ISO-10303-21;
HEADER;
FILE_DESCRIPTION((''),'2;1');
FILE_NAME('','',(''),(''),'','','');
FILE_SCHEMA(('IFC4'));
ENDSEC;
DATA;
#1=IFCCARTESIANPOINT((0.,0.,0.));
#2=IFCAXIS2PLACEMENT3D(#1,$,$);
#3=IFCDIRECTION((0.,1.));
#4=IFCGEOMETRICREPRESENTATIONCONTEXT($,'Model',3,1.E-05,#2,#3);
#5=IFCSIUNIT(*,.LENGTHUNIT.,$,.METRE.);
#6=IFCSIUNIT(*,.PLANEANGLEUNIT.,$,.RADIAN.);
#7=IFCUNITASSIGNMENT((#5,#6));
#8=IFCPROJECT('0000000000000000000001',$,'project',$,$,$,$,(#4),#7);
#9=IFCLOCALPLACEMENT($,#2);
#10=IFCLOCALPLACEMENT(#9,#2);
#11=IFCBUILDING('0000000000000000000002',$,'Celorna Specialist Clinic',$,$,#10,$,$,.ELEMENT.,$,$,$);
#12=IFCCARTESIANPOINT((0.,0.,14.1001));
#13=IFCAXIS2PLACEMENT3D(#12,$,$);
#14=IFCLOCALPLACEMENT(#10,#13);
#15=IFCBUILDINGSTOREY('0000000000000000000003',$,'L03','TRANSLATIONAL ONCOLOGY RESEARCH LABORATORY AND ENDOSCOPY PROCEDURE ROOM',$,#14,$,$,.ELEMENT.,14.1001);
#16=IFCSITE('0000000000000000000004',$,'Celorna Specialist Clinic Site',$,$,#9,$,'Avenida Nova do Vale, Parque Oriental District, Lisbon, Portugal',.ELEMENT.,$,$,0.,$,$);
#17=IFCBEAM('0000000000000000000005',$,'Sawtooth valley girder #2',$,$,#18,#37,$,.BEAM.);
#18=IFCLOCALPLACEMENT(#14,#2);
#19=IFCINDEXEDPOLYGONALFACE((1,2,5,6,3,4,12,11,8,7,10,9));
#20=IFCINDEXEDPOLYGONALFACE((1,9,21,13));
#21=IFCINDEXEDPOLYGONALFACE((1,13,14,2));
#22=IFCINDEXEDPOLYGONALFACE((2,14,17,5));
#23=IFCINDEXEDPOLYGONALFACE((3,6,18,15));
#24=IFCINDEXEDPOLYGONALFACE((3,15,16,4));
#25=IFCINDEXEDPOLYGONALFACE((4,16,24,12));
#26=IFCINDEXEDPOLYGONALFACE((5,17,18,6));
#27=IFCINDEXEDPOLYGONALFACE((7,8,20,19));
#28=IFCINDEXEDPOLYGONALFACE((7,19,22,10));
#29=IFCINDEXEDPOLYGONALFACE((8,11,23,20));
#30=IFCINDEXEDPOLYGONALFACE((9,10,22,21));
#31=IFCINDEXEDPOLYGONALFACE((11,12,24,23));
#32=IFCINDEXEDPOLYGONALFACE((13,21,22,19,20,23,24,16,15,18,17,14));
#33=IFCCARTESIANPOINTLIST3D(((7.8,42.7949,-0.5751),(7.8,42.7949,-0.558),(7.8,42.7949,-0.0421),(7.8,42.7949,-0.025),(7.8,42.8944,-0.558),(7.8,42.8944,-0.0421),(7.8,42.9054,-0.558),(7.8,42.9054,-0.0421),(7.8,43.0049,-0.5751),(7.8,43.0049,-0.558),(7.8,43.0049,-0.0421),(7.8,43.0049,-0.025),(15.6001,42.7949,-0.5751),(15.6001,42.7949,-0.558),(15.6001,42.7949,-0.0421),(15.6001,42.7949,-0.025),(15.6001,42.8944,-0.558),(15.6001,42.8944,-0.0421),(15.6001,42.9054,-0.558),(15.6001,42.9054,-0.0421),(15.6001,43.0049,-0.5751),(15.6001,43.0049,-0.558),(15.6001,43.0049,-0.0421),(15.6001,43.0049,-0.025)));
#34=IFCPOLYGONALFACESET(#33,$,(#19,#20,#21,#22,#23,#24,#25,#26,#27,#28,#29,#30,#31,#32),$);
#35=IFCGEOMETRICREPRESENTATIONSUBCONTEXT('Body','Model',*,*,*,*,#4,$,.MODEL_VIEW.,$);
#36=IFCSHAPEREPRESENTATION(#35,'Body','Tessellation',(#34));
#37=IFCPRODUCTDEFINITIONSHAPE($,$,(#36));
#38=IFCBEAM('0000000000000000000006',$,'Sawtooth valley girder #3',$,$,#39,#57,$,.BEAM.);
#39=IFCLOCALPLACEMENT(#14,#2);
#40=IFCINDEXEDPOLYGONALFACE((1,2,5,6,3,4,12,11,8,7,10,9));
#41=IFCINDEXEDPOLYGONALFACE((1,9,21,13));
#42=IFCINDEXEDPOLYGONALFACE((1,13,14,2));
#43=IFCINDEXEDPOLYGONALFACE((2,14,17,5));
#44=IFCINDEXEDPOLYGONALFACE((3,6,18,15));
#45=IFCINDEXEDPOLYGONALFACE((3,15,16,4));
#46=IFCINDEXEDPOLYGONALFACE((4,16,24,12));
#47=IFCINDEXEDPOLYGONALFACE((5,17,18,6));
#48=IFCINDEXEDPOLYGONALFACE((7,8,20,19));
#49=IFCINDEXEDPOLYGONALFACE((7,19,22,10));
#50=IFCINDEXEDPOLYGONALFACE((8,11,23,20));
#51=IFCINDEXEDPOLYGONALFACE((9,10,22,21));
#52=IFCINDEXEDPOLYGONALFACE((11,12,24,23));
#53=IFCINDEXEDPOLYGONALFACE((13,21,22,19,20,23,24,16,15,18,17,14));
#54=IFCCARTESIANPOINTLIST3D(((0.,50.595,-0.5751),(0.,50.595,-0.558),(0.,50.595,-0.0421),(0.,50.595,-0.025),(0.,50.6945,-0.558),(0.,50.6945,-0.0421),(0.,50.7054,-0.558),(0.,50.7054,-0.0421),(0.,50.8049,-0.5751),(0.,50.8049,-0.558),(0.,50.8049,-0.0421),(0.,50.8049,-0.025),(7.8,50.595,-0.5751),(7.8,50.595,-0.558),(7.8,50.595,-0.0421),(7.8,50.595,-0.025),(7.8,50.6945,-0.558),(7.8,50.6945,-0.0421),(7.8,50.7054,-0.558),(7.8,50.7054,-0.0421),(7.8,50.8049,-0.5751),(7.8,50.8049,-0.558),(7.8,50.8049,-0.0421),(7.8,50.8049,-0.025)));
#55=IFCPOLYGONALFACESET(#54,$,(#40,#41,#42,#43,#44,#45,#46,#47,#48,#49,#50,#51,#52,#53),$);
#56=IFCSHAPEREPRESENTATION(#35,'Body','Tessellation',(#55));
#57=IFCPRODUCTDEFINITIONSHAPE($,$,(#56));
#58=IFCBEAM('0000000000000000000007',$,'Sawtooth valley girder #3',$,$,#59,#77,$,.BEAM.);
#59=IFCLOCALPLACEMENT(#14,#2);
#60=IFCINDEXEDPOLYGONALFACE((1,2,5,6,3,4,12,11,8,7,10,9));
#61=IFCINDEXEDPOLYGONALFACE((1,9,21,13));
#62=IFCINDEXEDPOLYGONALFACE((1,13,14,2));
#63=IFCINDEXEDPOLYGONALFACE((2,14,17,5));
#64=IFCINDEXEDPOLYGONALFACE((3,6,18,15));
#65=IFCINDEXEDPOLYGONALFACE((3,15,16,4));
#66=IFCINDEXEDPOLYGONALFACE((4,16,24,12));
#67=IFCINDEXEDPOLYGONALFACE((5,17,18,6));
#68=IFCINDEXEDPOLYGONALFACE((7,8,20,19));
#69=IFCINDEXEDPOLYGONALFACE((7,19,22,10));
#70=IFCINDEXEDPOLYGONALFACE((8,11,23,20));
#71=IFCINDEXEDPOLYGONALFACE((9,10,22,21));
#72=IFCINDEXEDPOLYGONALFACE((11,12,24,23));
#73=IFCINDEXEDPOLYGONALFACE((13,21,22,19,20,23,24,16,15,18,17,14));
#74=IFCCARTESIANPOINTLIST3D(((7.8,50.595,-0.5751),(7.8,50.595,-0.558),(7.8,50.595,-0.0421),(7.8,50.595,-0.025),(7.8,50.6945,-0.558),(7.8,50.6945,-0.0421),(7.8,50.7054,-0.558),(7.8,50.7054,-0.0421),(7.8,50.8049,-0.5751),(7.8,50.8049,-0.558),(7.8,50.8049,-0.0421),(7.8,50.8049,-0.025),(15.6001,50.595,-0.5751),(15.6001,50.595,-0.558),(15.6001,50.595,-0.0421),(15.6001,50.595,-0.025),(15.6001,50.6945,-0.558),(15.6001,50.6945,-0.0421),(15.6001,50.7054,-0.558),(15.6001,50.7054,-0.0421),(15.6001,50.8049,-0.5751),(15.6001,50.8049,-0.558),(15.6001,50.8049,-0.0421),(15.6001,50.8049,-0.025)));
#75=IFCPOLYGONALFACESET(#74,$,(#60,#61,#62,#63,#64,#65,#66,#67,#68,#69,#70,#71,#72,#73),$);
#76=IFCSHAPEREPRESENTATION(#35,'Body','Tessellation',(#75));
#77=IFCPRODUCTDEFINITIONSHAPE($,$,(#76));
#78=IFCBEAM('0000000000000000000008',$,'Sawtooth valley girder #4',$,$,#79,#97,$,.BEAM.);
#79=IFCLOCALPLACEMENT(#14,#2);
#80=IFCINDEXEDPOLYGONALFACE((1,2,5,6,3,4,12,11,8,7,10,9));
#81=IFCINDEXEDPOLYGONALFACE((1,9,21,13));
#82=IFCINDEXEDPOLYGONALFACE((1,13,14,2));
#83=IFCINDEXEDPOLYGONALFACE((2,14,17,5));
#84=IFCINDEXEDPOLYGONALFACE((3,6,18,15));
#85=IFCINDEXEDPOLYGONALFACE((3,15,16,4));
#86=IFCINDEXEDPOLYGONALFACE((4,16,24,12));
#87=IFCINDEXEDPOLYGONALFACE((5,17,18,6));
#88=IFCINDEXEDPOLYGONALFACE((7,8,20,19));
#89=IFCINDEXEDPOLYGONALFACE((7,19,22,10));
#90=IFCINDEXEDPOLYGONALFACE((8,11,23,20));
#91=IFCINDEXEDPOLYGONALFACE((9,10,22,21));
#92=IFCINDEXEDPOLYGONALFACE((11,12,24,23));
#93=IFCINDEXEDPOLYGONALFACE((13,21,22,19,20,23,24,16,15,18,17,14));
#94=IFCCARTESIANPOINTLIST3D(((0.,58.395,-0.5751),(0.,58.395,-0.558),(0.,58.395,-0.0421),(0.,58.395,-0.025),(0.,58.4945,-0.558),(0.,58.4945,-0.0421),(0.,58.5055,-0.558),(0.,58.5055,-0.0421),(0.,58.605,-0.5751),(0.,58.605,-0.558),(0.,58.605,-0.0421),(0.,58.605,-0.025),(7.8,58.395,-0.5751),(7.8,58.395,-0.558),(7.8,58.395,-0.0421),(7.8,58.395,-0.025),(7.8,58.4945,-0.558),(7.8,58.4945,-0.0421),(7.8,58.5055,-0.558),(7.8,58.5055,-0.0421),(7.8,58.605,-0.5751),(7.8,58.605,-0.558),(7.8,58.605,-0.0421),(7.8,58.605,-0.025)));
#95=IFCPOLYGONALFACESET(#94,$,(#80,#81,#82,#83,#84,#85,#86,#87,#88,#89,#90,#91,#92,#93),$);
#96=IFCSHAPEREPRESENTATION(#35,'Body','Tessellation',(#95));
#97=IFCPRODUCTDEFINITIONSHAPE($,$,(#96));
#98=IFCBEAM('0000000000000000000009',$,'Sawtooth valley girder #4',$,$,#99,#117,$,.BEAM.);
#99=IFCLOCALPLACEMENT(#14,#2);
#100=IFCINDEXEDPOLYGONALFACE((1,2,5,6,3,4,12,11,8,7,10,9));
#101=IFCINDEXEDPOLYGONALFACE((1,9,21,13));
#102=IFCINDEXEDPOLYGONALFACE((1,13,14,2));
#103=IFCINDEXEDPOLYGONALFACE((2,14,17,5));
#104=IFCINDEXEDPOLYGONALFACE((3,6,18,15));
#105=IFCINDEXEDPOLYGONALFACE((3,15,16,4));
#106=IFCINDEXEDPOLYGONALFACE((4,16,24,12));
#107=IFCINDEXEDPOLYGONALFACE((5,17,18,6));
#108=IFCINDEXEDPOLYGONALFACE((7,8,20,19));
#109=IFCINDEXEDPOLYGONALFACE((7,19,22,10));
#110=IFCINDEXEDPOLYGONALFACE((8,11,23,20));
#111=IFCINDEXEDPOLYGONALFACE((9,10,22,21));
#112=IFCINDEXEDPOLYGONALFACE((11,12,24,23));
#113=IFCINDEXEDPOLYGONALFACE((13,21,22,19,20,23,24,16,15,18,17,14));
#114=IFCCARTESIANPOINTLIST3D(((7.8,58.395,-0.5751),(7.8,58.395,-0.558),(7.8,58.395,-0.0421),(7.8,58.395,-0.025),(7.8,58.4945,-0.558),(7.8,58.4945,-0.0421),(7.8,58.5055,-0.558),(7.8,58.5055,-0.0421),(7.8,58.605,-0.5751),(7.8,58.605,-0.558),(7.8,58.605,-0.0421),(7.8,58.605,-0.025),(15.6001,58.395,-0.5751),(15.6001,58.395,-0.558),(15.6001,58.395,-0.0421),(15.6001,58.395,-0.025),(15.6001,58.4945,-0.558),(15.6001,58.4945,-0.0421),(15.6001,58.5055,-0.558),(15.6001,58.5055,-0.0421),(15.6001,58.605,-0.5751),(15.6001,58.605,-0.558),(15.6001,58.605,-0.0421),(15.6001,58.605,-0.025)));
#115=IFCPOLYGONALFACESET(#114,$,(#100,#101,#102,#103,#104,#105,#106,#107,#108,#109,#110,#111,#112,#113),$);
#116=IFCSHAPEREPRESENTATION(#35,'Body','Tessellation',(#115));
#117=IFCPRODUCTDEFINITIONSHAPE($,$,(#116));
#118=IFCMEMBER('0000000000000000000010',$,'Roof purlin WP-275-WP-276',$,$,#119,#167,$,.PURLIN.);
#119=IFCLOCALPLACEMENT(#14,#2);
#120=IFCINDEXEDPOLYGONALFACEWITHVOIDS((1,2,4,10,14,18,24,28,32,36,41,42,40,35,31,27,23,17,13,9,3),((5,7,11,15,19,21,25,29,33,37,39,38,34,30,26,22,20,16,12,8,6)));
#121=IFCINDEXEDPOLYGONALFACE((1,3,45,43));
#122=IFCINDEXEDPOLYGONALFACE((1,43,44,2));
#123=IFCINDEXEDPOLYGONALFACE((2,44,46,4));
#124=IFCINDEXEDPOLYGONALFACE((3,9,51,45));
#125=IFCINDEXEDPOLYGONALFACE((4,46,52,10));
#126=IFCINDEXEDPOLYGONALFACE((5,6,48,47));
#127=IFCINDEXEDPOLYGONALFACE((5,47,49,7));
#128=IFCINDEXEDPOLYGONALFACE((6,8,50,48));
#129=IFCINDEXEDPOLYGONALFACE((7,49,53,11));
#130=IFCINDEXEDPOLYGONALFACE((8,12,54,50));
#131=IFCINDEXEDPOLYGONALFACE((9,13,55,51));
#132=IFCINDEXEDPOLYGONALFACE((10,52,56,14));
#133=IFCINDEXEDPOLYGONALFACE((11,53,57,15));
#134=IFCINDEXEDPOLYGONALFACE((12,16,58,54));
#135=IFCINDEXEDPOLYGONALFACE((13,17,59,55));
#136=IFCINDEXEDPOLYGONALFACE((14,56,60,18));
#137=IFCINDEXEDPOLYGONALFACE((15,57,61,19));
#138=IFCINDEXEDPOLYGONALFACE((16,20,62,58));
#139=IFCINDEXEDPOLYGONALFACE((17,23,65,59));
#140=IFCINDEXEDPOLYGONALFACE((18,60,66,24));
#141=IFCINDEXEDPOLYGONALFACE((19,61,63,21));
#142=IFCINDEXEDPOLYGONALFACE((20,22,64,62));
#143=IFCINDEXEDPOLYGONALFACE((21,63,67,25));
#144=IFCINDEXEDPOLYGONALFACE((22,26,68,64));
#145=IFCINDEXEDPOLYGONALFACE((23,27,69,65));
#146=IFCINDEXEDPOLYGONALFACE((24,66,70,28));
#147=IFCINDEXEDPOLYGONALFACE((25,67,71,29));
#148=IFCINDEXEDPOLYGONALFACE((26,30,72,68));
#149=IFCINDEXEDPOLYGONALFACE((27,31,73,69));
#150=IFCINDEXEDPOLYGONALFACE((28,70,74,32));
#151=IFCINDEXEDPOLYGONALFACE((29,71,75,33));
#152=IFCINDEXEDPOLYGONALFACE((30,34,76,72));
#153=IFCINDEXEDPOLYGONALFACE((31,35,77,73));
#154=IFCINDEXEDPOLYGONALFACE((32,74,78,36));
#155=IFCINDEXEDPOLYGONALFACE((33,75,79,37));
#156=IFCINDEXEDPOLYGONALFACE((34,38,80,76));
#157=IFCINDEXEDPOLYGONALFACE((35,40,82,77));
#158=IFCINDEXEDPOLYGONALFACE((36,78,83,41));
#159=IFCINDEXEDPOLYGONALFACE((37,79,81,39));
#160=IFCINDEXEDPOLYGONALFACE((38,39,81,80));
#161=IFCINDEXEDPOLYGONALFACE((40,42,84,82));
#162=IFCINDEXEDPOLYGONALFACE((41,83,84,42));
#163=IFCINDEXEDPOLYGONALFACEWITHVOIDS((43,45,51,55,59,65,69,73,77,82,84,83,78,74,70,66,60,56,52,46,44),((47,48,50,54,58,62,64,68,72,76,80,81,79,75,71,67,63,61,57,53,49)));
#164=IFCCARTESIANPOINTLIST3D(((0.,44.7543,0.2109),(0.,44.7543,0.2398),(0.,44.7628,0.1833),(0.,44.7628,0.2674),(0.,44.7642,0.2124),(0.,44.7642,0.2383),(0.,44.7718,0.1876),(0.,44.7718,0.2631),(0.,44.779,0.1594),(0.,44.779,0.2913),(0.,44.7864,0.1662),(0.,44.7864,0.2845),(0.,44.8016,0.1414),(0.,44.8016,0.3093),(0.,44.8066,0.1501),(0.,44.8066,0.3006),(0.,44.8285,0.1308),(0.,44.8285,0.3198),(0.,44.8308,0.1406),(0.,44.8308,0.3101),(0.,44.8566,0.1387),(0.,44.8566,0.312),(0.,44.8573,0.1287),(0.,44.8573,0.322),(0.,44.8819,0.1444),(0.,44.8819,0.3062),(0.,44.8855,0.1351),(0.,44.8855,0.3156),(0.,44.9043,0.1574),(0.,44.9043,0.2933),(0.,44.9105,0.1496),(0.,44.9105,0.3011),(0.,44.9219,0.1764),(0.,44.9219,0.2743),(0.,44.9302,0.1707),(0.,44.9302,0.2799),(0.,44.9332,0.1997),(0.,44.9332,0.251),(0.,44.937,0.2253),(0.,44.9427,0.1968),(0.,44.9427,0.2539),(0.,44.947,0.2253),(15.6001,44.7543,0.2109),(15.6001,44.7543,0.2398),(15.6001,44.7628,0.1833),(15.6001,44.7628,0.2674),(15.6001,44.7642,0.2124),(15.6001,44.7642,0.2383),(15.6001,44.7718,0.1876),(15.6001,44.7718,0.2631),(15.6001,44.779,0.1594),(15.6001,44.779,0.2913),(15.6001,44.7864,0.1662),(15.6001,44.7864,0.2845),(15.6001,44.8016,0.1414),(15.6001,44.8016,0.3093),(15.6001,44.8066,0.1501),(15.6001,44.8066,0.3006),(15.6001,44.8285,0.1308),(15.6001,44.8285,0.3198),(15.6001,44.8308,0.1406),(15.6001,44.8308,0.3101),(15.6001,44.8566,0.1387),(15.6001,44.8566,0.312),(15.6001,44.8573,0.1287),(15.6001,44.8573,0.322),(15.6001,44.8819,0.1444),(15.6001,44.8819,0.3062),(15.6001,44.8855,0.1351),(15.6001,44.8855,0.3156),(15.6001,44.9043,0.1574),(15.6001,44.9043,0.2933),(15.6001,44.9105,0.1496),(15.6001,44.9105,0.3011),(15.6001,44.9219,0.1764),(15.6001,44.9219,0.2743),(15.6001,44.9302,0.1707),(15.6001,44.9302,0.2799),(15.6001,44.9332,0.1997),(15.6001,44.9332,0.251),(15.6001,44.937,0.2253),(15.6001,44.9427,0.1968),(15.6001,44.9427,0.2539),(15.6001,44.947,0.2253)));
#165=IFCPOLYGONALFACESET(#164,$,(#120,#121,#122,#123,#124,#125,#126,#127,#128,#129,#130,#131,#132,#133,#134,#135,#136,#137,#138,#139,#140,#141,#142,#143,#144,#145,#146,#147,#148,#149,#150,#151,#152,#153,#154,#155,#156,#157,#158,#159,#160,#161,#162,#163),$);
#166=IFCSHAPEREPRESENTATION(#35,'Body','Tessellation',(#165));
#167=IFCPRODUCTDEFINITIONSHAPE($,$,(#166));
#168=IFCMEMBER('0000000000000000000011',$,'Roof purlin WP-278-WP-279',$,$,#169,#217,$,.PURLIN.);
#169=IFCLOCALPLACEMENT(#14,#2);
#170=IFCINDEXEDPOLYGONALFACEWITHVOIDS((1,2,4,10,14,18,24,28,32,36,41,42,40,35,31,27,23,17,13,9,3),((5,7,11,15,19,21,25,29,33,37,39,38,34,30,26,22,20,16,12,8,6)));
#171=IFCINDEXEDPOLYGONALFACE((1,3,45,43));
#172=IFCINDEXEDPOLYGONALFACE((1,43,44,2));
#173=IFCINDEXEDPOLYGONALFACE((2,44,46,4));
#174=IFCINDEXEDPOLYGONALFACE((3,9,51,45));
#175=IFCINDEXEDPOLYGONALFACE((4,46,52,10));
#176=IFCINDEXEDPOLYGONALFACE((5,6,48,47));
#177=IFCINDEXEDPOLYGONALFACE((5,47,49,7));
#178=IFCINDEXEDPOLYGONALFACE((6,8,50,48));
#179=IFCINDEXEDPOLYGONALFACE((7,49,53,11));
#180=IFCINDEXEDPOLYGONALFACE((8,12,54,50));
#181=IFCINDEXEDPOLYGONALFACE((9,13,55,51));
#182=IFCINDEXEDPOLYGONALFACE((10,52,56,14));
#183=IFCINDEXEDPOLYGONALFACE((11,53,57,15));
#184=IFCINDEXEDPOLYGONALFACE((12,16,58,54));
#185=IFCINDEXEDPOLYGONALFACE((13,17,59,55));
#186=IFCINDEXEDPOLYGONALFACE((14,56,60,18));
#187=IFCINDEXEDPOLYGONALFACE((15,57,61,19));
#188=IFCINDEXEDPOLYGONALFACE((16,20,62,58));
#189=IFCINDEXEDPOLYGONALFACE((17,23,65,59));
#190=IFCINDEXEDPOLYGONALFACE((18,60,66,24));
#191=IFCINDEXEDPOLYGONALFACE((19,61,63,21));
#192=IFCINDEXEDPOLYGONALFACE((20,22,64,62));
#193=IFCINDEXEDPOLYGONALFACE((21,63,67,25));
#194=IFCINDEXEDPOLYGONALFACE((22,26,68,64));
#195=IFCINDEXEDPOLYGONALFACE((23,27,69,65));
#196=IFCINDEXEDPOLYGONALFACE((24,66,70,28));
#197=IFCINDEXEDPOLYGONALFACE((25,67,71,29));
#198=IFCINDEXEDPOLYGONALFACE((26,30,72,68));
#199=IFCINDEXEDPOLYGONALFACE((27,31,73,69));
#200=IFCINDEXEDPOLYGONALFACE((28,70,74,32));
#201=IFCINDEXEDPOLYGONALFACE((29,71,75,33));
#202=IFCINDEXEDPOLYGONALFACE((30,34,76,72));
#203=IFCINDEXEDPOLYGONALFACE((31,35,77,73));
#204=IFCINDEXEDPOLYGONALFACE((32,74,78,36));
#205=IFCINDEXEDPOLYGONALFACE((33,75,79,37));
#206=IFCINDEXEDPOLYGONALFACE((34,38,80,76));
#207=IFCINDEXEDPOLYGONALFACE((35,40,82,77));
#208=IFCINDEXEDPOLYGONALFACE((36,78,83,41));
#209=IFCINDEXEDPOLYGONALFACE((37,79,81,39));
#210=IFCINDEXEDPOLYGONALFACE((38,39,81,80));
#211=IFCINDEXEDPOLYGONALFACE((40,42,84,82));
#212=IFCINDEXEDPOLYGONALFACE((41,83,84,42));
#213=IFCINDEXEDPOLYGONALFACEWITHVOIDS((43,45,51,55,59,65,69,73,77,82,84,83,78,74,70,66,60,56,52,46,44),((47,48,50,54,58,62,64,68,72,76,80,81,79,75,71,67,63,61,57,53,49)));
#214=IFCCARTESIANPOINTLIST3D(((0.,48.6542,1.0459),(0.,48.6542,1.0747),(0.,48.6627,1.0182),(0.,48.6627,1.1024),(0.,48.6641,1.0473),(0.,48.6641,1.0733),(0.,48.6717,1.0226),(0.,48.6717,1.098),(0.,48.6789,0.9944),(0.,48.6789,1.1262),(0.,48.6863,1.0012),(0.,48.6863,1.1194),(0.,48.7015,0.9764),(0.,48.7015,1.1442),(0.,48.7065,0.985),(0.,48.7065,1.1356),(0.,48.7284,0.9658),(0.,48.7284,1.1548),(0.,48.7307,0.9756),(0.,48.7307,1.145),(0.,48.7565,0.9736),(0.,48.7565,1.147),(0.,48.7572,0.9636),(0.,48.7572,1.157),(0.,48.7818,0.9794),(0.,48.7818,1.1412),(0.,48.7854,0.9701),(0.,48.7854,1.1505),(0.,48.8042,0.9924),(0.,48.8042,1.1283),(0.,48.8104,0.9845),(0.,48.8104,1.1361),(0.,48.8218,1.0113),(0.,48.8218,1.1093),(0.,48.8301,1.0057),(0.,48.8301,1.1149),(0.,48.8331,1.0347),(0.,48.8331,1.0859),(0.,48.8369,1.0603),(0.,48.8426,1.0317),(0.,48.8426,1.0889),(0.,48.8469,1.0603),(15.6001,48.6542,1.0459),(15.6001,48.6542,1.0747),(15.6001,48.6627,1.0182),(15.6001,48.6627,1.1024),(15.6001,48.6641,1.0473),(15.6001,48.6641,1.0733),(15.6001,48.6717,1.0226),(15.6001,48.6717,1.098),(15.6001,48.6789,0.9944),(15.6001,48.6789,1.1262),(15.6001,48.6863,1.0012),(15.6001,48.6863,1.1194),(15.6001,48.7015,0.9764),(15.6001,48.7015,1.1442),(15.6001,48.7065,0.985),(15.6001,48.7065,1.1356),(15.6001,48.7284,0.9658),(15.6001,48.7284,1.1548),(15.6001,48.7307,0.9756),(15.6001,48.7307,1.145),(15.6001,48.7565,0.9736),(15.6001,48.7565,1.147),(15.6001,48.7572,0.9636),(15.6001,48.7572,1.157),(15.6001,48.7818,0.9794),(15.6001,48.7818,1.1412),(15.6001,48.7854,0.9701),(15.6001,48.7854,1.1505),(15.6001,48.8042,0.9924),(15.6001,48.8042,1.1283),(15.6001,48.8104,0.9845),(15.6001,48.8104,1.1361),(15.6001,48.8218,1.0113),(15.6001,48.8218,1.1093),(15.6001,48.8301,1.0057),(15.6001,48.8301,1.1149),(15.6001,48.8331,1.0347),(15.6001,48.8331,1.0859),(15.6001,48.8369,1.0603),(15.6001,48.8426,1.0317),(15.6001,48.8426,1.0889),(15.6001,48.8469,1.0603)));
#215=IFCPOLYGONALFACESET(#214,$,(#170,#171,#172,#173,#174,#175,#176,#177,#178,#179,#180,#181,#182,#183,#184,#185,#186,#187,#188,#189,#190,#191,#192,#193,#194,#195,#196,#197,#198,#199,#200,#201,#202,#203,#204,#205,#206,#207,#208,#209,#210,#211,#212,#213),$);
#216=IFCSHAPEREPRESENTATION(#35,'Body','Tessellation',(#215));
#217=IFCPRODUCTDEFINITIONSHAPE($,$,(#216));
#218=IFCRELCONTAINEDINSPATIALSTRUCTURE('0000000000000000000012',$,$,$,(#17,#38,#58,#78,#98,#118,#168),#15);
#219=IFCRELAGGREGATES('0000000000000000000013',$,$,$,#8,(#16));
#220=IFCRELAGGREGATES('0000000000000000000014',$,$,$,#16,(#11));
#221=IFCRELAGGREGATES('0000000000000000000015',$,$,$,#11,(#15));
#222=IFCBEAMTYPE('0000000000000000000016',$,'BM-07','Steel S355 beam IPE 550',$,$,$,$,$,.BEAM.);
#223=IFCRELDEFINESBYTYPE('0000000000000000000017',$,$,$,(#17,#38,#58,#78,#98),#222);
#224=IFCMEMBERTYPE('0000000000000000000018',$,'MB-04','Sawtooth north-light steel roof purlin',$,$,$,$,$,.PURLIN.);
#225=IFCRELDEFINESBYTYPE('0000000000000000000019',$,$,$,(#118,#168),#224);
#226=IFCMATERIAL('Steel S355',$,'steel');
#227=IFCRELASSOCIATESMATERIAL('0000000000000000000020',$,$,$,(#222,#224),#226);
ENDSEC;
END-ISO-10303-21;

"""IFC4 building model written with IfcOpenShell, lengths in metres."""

from ifc_helpers import new_model, si_unit, direction, frame, origin, origin_2d, place, context, subcontext, project, spatial, hollow_circle, i_section, extrude, material, material_profile, profile_set, type_object, element, save


model = new_model("IFC4")

# Units and contexts
model_context = context("Model", 3, precision=1e-05, world=origin(), true_north=direction((0.0, 1.0)))
body_context = subcontext(model_context, "Body", "Model", "MODEL_VIEW")
ifc_project = project(units=[si_unit("LENGTHUNIT", "METRE"), si_unit("PLANEANGLEUNIT", "RADIAN")], contexts=[model_context])

# Site, building, storey
site_placement = place(None, origin())
site = spatial("IfcSite", under=ifc_project, at=site_placement, Name="Celorna Specialist Clinic Site", LongName="Avenida Nova do Vale, Parque Oriental District, Lisbon, Portugal", CompositionType="ELEMENT", RefElevation=0.0)
building_placement = place(site_placement, origin())
building = spatial("IfcBuilding", under=site, at=building_placement, Name="Celorna Specialist Clinic", CompositionType="ELEMENT")
storey_placement = place(building_placement, frame((0.0, 0.0, 14.1001)))
storey = spatial("IfcBuildingStorey", under=building, at=storey_placement, Name="L03", Description="TRANSLATIONAL ONCOLOGY RESEARCH LABORATORY AND ENDOSCOPY PROCEDURE ROOM", CompositionType="ELEMENT", Elevation=14.1001)

# Beams
ifc_material_1 = material(Name="Steel S355", Category="steel")
ifc_material_profile_1 = material_profile(ifc_material_1, i_section(OverallWidth=0.21, OverallDepth=0.55, WebThickness=0.011, FlangeThickness=0.0171, at=origin_2d()), Name="IPE 550")
ifc_profile_set_1 = profile_set([ifc_material_profile_1], Name="Steel S355")
beam_type = type_object("IfcBeamType", Name="BM-07", Description="Steel S355 beam IPE 550", PredefinedType="BEAM", material=ifc_profile_set_1)
for number, where, z_axis, x_axis, name in (
    (1, (7.8, 42.8999, -0.3), (1.0, 0.0, 0.0), (0.0, 1.0, 0.0), "Sawtooth valley girder #2"),
    (2, (0.0, 50.7, -0.3), (1.0, 0.0, 0.0), (0.0, 1.0, 0.0), "Sawtooth valley girder #3"),
    (3, (7.8, 50.7, -0.3), (1.0, 0.0, 0.0), (0.0, 1.0, 0.0), "Sawtooth valley girder #3"),
    (4, (0.0, 58.5, -0.3), (1.0, 0.0, 0.0), (0.0, 1.0, 0.0), "Sawtooth valley girder #4"),
    (5, (7.8, 58.5, -0.3), (1.0, 0.0, 0.0), (0.0, 1.0, 0.0), "Sawtooth valley girder #4"),
):
    element("IfcBeam", number, at=place(storey_placement, frame(where, z_axis=z_axis, x_axis=x_axis)), inside=storey, type_object=beam_type, Name=name, PredefinedType="BEAM", context=body_context, shape_type="SweptSolid", body=[
        extrude(i_section(OverallWidth=0.21, OverallDepth=0.55, WebThickness=0.011, FlangeThickness=0.0171, at=origin_2d()), origin(), (0.0, 0.0, 1.0), 7.8),
    ])

# Members
ifc_material_profile_2 = material_profile(ifc_material_1, hollow_circle(Radius=0.0969, WallThickness=0.01, at=origin_2d()), Name="CHS 193.7x10")
ifc_profile_set_2 = profile_set([ifc_material_profile_2], Name="Steel S355")
member_type_1 = type_object("IfcMemberType", Name="MB-04", Description="Sawtooth north-light steel roof purlin", PredefinedType="PURLIN", material=ifc_profile_set_2)
for number, where, z_axis, x_axis, name in (
    (6, (0.0, 44.8501, 0.2253), (1.0, 0.0, 0.0), (0.0, 1.0, 0.0), "Roof purlin WP-275-WP-276"),
    (7, (0.0, 48.75, 1.0603), (1.0, 0.0, 0.0), (0.0, 1.0, 0.0), "Roof purlin WP-278-WP-279"),
):
    element("IfcMember", number, at=place(storey_placement, frame(where, z_axis=z_axis, x_axis=x_axis)), inside=storey, type_object=member_type_1, Name=name, PredefinedType="PURLIN", context=body_context, shape_type="SweptSolid", body=[
        extrude(hollow_circle(Radius=0.0969, WallThickness=0.01, at=origin_2d()), origin(), (0.0, 0.0, 1.0), 15.6001),
    ])

save(model, "model.ifc")
